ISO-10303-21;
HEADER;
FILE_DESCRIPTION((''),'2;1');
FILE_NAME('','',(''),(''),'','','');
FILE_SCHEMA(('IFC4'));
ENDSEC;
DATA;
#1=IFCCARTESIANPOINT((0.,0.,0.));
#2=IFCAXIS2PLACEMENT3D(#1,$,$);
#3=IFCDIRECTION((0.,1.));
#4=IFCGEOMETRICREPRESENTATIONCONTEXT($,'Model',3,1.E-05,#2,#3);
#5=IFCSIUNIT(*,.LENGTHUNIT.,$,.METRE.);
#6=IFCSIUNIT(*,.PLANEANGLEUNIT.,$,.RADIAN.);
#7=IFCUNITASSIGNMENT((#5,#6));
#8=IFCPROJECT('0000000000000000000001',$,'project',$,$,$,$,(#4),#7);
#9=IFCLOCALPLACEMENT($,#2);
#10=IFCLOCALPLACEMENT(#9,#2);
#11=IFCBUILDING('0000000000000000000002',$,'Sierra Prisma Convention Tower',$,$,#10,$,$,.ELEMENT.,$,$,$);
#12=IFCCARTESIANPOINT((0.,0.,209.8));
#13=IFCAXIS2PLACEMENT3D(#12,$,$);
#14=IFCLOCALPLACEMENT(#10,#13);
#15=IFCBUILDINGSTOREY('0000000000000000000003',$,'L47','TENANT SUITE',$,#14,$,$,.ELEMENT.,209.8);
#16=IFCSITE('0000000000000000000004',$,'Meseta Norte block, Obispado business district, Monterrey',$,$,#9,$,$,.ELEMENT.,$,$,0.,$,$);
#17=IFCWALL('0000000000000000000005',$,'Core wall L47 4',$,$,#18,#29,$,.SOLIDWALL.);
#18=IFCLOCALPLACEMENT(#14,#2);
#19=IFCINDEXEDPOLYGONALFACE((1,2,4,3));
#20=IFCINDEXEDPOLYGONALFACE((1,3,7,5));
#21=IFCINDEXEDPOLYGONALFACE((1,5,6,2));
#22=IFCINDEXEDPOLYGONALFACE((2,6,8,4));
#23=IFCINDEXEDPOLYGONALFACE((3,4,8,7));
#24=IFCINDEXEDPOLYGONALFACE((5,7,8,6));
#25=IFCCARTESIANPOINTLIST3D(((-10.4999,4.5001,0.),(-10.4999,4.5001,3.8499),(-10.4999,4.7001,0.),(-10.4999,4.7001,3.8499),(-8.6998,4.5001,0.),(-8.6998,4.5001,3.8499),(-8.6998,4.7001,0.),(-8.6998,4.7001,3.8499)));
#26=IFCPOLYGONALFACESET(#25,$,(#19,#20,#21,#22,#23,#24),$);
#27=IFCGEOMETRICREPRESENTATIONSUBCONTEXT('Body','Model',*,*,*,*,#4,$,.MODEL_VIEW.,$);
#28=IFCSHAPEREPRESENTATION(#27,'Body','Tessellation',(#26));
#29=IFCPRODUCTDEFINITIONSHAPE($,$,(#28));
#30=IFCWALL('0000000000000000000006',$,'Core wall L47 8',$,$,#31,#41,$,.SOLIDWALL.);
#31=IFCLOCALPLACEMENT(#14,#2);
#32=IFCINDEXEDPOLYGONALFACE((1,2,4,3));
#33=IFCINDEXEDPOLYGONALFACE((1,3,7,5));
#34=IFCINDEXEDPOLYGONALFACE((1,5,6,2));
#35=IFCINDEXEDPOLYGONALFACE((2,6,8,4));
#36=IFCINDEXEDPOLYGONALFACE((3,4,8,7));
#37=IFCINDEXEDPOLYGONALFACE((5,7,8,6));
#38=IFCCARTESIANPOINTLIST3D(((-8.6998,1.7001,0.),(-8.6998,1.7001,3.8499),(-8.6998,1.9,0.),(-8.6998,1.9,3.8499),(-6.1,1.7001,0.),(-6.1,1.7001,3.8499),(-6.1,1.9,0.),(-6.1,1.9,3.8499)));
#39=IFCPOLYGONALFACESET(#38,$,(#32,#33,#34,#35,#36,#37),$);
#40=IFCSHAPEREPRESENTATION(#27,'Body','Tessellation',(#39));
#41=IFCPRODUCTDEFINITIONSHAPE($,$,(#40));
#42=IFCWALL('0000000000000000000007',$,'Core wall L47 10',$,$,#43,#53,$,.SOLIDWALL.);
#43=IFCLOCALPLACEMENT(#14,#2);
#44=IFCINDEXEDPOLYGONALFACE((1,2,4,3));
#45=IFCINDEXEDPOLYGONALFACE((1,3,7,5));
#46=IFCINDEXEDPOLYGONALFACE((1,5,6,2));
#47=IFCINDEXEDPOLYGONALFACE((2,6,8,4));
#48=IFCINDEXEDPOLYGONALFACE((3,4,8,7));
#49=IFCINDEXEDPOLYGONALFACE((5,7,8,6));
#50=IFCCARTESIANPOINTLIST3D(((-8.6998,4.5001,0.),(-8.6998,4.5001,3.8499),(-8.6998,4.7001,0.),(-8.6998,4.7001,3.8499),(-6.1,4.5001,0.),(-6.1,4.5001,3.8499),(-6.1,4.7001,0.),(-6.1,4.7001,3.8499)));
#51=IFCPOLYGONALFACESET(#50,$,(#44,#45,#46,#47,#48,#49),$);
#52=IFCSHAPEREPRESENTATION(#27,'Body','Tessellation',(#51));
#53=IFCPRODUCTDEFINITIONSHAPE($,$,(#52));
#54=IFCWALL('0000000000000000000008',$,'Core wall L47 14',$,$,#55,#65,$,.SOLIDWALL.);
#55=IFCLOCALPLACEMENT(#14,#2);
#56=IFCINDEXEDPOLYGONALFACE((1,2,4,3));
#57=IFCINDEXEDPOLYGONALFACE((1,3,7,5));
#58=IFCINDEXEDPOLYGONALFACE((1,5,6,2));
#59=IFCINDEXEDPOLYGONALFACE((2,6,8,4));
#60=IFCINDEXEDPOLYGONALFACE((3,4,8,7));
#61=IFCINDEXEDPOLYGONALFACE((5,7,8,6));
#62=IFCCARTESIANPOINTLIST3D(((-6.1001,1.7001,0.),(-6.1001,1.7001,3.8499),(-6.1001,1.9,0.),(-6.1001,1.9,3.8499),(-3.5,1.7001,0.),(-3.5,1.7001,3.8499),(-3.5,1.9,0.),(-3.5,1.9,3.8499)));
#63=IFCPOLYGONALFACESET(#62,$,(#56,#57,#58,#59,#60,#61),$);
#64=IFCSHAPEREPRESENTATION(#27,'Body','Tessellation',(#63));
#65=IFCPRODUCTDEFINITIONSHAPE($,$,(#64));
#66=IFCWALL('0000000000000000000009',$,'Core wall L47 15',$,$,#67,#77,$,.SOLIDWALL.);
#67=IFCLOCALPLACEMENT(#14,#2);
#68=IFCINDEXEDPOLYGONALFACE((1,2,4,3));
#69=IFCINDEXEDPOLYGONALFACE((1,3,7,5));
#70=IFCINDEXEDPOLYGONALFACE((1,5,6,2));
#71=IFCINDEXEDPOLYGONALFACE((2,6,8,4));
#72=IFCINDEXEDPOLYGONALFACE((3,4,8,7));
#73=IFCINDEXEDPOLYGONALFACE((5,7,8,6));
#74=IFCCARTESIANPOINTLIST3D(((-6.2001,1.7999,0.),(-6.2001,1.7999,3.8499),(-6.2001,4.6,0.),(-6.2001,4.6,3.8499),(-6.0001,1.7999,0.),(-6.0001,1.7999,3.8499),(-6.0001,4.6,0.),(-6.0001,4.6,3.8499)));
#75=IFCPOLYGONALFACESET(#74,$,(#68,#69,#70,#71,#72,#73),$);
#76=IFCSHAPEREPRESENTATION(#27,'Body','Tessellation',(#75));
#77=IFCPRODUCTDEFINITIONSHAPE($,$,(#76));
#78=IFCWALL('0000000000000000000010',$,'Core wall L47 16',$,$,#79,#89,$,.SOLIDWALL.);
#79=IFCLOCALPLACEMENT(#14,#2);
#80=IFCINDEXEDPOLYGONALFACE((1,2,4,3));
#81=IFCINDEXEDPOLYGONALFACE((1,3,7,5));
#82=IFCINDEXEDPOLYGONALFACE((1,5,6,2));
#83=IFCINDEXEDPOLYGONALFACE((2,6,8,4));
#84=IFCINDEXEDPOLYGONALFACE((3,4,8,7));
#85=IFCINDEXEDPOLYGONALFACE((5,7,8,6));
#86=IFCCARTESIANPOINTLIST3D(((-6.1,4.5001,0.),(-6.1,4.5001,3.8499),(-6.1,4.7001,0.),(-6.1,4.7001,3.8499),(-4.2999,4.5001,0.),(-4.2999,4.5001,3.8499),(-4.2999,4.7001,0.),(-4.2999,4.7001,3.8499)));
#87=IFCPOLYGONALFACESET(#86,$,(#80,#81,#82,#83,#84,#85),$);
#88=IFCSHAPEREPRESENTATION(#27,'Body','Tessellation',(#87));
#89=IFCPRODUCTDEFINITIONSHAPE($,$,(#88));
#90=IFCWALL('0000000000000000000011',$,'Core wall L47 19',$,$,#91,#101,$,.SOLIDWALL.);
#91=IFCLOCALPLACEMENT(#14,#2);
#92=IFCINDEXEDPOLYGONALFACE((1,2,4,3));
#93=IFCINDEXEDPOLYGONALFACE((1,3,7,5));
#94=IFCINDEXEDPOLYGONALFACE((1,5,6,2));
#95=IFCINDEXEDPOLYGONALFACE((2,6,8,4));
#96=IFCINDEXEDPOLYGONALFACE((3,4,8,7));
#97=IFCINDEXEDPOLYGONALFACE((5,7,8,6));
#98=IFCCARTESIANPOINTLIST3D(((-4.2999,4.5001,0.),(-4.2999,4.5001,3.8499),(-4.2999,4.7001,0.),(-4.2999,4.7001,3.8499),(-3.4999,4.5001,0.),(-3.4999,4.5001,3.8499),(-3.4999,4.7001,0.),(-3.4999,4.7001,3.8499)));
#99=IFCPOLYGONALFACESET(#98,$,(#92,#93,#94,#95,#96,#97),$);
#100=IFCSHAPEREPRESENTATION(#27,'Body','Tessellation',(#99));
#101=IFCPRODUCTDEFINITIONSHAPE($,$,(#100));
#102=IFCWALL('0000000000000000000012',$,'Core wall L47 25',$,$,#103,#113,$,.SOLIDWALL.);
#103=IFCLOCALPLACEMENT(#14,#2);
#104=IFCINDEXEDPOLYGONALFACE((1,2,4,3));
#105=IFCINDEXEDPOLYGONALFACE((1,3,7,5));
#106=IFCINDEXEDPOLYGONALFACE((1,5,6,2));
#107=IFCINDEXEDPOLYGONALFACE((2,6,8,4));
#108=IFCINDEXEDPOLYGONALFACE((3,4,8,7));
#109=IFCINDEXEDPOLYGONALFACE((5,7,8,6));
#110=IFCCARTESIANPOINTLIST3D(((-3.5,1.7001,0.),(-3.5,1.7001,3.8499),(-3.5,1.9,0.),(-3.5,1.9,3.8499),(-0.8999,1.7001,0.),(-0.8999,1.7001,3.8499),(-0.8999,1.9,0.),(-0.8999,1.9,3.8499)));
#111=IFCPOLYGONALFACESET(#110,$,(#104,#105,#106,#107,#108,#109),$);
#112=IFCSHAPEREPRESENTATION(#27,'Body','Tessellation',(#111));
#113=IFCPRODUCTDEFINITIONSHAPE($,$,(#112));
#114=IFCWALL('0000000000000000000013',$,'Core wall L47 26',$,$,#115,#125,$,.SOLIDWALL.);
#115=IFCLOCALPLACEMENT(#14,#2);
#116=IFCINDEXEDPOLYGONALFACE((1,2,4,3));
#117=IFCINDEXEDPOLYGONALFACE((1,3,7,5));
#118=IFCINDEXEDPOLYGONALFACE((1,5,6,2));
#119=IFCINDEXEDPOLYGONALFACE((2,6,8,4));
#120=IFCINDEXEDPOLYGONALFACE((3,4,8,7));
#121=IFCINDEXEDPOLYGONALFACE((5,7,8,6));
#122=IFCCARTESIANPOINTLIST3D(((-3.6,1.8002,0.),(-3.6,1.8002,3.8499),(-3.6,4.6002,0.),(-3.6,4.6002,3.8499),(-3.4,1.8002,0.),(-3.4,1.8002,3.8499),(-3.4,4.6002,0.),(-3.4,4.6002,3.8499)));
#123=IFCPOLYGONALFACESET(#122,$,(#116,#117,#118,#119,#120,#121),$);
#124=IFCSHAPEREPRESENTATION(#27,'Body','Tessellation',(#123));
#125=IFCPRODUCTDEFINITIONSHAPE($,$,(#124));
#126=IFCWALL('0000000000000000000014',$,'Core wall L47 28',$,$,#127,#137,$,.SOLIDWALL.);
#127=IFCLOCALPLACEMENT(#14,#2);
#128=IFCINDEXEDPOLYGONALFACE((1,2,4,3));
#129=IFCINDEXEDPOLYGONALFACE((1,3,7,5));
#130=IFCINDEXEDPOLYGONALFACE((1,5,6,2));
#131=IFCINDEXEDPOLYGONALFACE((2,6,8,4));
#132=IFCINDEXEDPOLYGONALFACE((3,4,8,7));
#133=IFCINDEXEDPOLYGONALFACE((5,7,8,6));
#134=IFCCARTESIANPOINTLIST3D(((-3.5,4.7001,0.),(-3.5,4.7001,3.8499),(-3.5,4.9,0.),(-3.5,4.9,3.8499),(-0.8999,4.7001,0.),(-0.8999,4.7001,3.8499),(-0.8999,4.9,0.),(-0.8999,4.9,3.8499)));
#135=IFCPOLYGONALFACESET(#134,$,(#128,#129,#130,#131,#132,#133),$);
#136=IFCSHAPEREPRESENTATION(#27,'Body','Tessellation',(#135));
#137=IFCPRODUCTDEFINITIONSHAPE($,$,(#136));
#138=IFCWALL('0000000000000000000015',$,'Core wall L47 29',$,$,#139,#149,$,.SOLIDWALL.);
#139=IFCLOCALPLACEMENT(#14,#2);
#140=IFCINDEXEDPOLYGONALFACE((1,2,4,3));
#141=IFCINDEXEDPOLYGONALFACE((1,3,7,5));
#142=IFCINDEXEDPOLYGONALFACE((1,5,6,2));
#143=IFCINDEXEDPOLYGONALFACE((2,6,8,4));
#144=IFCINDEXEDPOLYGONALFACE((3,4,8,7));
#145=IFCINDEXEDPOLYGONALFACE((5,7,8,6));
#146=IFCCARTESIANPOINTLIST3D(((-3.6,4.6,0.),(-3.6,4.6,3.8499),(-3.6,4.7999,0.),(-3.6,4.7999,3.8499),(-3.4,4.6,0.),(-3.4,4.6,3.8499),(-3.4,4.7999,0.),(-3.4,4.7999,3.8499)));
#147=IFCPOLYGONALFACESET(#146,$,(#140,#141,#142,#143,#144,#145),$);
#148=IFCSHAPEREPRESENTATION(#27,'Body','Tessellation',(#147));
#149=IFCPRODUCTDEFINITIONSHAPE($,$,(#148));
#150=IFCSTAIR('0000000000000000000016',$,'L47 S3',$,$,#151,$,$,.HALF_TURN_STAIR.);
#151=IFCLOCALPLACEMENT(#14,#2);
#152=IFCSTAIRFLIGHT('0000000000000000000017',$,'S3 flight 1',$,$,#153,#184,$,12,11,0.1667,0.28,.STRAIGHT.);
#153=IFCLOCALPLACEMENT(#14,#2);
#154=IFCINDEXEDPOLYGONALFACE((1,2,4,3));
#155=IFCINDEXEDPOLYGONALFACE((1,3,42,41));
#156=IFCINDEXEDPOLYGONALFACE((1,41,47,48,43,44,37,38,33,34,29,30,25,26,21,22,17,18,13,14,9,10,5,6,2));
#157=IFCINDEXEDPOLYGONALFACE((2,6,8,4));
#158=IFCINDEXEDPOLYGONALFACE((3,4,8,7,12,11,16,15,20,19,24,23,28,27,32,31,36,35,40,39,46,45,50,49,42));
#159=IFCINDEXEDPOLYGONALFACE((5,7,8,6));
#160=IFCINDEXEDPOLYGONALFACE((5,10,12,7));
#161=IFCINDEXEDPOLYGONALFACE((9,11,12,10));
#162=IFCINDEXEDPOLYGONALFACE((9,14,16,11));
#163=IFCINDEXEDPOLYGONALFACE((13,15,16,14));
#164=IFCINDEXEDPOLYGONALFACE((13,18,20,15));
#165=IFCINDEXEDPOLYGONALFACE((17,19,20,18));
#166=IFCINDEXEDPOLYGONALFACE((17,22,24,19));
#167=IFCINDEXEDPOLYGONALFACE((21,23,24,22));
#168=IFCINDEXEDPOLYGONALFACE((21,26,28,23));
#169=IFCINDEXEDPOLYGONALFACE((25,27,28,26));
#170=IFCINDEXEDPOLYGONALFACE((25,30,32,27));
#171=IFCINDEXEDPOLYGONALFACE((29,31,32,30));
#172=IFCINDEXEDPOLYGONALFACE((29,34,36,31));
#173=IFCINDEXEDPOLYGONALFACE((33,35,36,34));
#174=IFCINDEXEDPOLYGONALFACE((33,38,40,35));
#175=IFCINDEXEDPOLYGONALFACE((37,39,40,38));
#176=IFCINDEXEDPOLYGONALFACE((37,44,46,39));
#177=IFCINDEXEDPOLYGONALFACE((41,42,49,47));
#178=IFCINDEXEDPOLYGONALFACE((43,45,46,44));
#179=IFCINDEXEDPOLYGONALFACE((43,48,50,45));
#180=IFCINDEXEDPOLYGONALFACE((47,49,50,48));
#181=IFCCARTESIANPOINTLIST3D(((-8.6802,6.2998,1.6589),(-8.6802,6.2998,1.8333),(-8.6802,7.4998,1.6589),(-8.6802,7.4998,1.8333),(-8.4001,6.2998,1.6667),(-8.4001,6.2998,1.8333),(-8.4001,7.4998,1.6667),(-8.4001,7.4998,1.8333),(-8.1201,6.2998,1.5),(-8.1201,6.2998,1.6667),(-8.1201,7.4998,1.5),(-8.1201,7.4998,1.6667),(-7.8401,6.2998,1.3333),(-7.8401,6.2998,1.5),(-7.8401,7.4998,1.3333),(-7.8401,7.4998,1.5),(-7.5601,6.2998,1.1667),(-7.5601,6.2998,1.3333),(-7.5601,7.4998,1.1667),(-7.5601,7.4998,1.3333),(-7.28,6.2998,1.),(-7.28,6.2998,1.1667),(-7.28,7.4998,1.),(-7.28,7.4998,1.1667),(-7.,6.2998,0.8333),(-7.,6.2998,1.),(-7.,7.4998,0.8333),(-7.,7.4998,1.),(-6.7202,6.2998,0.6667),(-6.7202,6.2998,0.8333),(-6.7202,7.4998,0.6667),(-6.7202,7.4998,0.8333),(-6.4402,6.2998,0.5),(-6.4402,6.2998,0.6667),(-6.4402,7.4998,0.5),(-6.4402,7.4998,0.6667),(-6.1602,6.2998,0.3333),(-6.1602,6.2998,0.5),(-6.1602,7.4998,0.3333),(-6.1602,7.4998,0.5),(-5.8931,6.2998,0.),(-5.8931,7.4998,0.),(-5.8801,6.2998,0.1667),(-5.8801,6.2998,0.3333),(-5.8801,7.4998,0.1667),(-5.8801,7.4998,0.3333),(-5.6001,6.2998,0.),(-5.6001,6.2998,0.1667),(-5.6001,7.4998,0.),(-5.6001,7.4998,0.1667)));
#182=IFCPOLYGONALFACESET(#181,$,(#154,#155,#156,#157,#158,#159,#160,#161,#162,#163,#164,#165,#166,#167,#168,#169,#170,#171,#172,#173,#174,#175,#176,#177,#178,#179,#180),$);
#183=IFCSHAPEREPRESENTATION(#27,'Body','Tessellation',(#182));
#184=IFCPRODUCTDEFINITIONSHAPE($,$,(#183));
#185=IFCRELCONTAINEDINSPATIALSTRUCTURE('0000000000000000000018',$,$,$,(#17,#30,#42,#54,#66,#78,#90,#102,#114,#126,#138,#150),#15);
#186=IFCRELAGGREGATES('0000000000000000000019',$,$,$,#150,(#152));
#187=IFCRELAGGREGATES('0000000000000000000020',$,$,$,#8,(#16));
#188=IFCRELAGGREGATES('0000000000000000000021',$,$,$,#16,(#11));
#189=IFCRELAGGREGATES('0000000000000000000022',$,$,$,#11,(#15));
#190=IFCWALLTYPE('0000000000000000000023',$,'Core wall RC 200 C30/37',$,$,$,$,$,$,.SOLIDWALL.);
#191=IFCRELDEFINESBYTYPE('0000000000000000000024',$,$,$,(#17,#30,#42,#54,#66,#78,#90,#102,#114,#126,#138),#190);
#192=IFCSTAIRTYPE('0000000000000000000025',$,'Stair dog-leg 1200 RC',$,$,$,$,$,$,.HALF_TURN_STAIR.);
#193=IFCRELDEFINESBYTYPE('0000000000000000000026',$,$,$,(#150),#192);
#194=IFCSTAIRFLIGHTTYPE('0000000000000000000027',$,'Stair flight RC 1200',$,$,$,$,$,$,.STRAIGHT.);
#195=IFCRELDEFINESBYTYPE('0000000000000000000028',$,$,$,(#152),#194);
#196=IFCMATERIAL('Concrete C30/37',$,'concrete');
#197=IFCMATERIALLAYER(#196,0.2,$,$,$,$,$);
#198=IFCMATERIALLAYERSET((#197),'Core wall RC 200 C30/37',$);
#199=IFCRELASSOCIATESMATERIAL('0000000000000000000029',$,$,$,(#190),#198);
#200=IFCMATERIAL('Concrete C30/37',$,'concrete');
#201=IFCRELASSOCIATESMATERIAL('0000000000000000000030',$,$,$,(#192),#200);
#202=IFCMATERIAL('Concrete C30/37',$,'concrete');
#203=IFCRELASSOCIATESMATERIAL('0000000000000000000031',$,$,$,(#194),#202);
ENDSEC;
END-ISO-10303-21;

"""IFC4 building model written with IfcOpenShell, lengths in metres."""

from ifc_helpers import new_model, si_unit, direction, frame, frame_2d, origin, place, context, subcontext, project, spatial, polyline, rectangle, outline, extrude, material, layer, layer_set, type_object, element, aggregate, save


model = new_model("IFC4")

# Units and contexts
model_context = context("Model", 3, precision=1e-05, world=origin(), true_north=direction((0.0, 1.0)))
body_context = subcontext(model_context, "Body", "Model", "MODEL_VIEW")
ifc_project = project(units=[si_unit("LENGTHUNIT", "METRE"), si_unit("PLANEANGLEUNIT", "RADIAN")], contexts=[model_context])

# Site, building, storey
site_placement = place(None, origin())
site = spatial("IfcSite", under=ifc_project, at=site_placement, Name="Meseta Norte block, Obispado business district, Monterrey", CompositionType="ELEMENT", RefElevation=0.0)
building_placement = place(site_placement, origin())
building = spatial("IfcBuilding", under=site, at=building_placement, Name="Sierra Prisma Convention Tower", CompositionType="ELEMENT")
storey_placement = place(building_placement, frame((0.0, 0.0, 209.8)))
storey = spatial("IfcBuildingStorey", under=building, at=storey_placement, Name="L47", Description="TENANT SUITE", CompositionType="ELEMENT", Elevation=209.8)

# Walls
ifc_material_1 = material(Name="Concrete C30/37", Category="concrete")
ifc_layer_1 = layer(ifc_material_1, 0.2)
ifc_layer_set_1 = layer_set([ifc_layer_1], Name="Core wall RC 200 C30/37")
wall_type = type_object("IfcWallType", Name="Core wall RC 200 C30/37", PredefinedType="SOLIDWALL", material=ifc_layer_set_1)
wall_1_placement = place(storey_placement, frame((-8.7, 4.6001, 0.0), z_axis=(0.0, 0.0, 1.0), x_axis=(-1.0, 0.0, 0.0)))
element("IfcWall", 1, at=wall_1_placement, inside=storey, type_object=wall_type, Name="Core wall L47 4", PredefinedType="SOLIDWALL", context=body_context, shape_type="SweptSolid", body=[
    extrude(rectangle(XDim=1.8, YDim=0.2, at=frame_2d((0.8999, 0.0))), origin(), (0.0, 0.0, 1.0), 3.8499),
])
for number, where, z_axis, x_axis, name in (
    (2, (-6.1001, 1.8, 0.0), (0.0, 0.0, 1.0), (-1.0, 0.0, 0.0), "Core wall L47 8"),
    (3, (-6.1001, 4.6001, 0.0), (0.0, 0.0, 1.0), (-1.0, 0.0, 0.0), "Core wall L47 10"),
):
    element("IfcWall", number, at=place(storey_placement, frame(where, z_axis=z_axis, x_axis=x_axis)), inside=storey, type_object=wall_type, Name=name, PredefinedType="SOLIDWALL", context=body_context, shape_type="SweptSolid", body=[
        extrude(rectangle(XDim=2.5999, YDim=0.2, at=frame_2d((1.2998, 0.0))), origin(), (0.0, 0.0, 1.0), 3.8499),
    ])

# Walls
wall_2_placement = place(storey_placement, frame((-3.5, 1.8, 0.0), z_axis=(0.0, 0.0, 1.0), x_axis=(-1.0, 0.0, 0.0)))
element("IfcWall", 4, at=wall_2_placement, inside=storey, type_object=wall_type, Name="Core wall L47 14", PredefinedType="SOLIDWALL", context=body_context, shape_type="SweptSolid", body=[
    extrude(rectangle(XDim=2.6001, YDim=0.2, at=frame_2d((1.3, 0.0))), origin(), (0.0, 0.0, 1.0), 3.8499),
])
wall_3_placement = place(storey_placement, frame((-6.1001, 1.8, 0.0), z_axis=(0.0, 0.0, 1.0), x_axis=(0.0, 1.0, 0.0)))
element("IfcWall", 5, at=wall_3_placement, inside=storey, type_object=wall_type, Name="Core wall L47 15", PredefinedType="SOLIDWALL", context=body_context, shape_type="SweptSolid", body=[
    extrude(rectangle(XDim=2.8, YDim=0.2, at=frame_2d((1.3999, 0.0))), origin(), (0.0, 0.0, 1.0), 3.8499),
])
wall_4_placement = place(storey_placement, frame((-4.3, 4.6001, 0.0), z_axis=(0.0, 0.0, 1.0), x_axis=(-1.0, 0.0, 0.0)))
element("IfcWall", 6, at=wall_4_placement, inside=storey, type_object=wall_type, Name="Core wall L47 16", PredefinedType="SOLIDWALL", context=body_context, shape_type="SweptSolid", body=[
    extrude(rectangle(XDim=1.8, YDim=0.2, at=frame_2d((0.8999, 0.0))), origin(), (0.0, 0.0, 1.0), 3.8499),
])
wall_5_placement = place(storey_placement, frame((-3.5, 4.6001, 0.0), z_axis=(0.0, 0.0, 1.0), x_axis=(-1.0, 0.0, 0.0)))
element("IfcWall", 7, at=wall_5_placement, inside=storey, type_object=wall_type, Name="Core wall L47 19", PredefinedType="SOLIDWALL", context=body_context, shape_type="SweptSolid", body=[
    extrude(rectangle(XDim=0.8, YDim=0.2, at=frame_2d((0.3999, 0.0))), origin(), (0.0, 0.0, 1.0), 3.8499),
])

# Walls
wall_6_placement = place(storey_placement, frame((-0.8999, 1.8, 0.0), z_axis=(0.0, 0.0, 1.0), x_axis=(-1.0, 0.0, 0.0)))
element("IfcWall", 8, at=wall_6_placement, inside=storey, type_object=wall_type, Name="Core wall L47 25", PredefinedType="SOLIDWALL", context=body_context, shape_type="SweptSolid", body=[
    extrude(rectangle(XDim=2.6001, YDim=0.2, at=frame_2d((1.3, 0.0))), origin(), (0.0, 0.0, 1.0), 3.8499),
])
wall_7_placement = place(storey_placement, frame((-3.5, 4.6001, 0.0), z_axis=(0.0, 0.0, 1.0), x_axis=(0.0, -1.0, 0.0)))
element("IfcWall", 9, at=wall_7_placement, inside=storey, type_object=wall_type, Name="Core wall L47 26", PredefinedType="SOLIDWALL", context=body_context, shape_type="SweptSolid", body=[
    extrude(rectangle(XDim=2.8, YDim=0.2, at=frame_2d((1.3999, 0.0))), origin(), (0.0, 0.0, 1.0), 3.8499),
])

# Walls
wall_8_placement = place(storey_placement, frame((-0.8999, 4.8, 0.0), z_axis=(0.0, 0.0, 1.0), x_axis=(-1.0, 0.0, 0.0)))
element("IfcWall", 10, at=wall_8_placement, inside=storey, type_object=wall_type, Name="Core wall L47 28", PredefinedType="SOLIDWALL", context=body_context, shape_type="SweptSolid", body=[
    extrude(rectangle(XDim=2.6001, YDim=0.2, at=frame_2d((1.3, 0.0))), origin(), (0.0, 0.0, 1.0), 3.8499),
])
wall_9_placement = place(storey_placement, frame((-3.5, 4.8, 0.0), z_axis=(0.0, 0.0, 1.0), x_axis=(0.0, -1.0, 0.0)))
element("IfcWall", 11, at=wall_9_placement, inside=storey, type_object=wall_type, Name="Core wall L47 29", PredefinedType="SOLIDWALL", context=body_context, shape_type="SweptSolid", body=[
    extrude(rectangle(XDim=0.2, YDim=0.2, at=frame_2d((0.1001, 0.0))), origin(), (0.0, 0.0, 1.0), 3.8499),
])

# Stair, stair flight
ifc_material_2 = material(Name="Concrete C30/37", Category="concrete")
stair_type = type_object("IfcStairType", Name="Stair dog-leg 1200 RC", PredefinedType="HALF_TURN_STAIR", material=ifc_material_2)
stair_placement = place(storey_placement, origin())
stair = element("IfcStair", 12, at=stair_placement, inside=storey, type_object=stair_type, Name="L47 S3", PredefinedType="HALF_TURN_STAIR")
ifc_material_3 = material(Name="Concrete C30/37", Category="concrete")
stair_flight_type = type_object("IfcStairFlightType", Name="Stair flight RC 1200", PredefinedType="STRAIGHT", material=ifc_material_3)
stair_flight_1_placement = place(storey_placement, frame((-5.6001, 6.8999, 0.0), z_axis=(0.0, 0.0, 1.0), x_axis=(-1.0, 0.0, 0.0)))
stair_flight_1 = element("IfcStairFlight", 13, at=stair_flight_1_placement, type_object=stair_flight_type, Name="S3 flight 1", NumberOfRisers=12, NumberOfTreads=11, PredefinedType="STRAIGHT", RiserHeight=0.1667, TreadLength=0.28, context=body_context, shape_type="SweptSolid", body=[
    extrude(outline(polyline([(0.0, 0.0), (0.0, 0.1667), (0.28, 0.1667), (0.28, 0.3333), (0.5601, 0.3333), (0.5601, 0.5), (0.8401, 0.5), (0.8401, 0.6667), (1.1201, 0.6667), (1.1201, 0.8333), (1.3999, 0.8333), (1.3999, 1.0), (1.6799, 1.0), (1.6799, 1.1667), (1.96, 1.1667), (1.96, 1.3333), (2.24, 1.3333), (2.24, 1.5), (2.52, 1.5), (2.52, 1.6667), (2.8, 1.6667), (2.8, 1.8333), (3.0801, 1.8333), (3.0801, 2.0), (3.0801, 1.6589), (0.293, 0.0), (0.0, 0.0)])), frame((0.0, 0.6001, 0.0), z_axis=(0.0, -1.0, 0.0), x_axis=(1.0, 0.0, 0.0)), (0.0, 0.0, 1.0), 1.2),
])
aggregate(stair, [stair_flight_1])

save(model, "model.ifc")
